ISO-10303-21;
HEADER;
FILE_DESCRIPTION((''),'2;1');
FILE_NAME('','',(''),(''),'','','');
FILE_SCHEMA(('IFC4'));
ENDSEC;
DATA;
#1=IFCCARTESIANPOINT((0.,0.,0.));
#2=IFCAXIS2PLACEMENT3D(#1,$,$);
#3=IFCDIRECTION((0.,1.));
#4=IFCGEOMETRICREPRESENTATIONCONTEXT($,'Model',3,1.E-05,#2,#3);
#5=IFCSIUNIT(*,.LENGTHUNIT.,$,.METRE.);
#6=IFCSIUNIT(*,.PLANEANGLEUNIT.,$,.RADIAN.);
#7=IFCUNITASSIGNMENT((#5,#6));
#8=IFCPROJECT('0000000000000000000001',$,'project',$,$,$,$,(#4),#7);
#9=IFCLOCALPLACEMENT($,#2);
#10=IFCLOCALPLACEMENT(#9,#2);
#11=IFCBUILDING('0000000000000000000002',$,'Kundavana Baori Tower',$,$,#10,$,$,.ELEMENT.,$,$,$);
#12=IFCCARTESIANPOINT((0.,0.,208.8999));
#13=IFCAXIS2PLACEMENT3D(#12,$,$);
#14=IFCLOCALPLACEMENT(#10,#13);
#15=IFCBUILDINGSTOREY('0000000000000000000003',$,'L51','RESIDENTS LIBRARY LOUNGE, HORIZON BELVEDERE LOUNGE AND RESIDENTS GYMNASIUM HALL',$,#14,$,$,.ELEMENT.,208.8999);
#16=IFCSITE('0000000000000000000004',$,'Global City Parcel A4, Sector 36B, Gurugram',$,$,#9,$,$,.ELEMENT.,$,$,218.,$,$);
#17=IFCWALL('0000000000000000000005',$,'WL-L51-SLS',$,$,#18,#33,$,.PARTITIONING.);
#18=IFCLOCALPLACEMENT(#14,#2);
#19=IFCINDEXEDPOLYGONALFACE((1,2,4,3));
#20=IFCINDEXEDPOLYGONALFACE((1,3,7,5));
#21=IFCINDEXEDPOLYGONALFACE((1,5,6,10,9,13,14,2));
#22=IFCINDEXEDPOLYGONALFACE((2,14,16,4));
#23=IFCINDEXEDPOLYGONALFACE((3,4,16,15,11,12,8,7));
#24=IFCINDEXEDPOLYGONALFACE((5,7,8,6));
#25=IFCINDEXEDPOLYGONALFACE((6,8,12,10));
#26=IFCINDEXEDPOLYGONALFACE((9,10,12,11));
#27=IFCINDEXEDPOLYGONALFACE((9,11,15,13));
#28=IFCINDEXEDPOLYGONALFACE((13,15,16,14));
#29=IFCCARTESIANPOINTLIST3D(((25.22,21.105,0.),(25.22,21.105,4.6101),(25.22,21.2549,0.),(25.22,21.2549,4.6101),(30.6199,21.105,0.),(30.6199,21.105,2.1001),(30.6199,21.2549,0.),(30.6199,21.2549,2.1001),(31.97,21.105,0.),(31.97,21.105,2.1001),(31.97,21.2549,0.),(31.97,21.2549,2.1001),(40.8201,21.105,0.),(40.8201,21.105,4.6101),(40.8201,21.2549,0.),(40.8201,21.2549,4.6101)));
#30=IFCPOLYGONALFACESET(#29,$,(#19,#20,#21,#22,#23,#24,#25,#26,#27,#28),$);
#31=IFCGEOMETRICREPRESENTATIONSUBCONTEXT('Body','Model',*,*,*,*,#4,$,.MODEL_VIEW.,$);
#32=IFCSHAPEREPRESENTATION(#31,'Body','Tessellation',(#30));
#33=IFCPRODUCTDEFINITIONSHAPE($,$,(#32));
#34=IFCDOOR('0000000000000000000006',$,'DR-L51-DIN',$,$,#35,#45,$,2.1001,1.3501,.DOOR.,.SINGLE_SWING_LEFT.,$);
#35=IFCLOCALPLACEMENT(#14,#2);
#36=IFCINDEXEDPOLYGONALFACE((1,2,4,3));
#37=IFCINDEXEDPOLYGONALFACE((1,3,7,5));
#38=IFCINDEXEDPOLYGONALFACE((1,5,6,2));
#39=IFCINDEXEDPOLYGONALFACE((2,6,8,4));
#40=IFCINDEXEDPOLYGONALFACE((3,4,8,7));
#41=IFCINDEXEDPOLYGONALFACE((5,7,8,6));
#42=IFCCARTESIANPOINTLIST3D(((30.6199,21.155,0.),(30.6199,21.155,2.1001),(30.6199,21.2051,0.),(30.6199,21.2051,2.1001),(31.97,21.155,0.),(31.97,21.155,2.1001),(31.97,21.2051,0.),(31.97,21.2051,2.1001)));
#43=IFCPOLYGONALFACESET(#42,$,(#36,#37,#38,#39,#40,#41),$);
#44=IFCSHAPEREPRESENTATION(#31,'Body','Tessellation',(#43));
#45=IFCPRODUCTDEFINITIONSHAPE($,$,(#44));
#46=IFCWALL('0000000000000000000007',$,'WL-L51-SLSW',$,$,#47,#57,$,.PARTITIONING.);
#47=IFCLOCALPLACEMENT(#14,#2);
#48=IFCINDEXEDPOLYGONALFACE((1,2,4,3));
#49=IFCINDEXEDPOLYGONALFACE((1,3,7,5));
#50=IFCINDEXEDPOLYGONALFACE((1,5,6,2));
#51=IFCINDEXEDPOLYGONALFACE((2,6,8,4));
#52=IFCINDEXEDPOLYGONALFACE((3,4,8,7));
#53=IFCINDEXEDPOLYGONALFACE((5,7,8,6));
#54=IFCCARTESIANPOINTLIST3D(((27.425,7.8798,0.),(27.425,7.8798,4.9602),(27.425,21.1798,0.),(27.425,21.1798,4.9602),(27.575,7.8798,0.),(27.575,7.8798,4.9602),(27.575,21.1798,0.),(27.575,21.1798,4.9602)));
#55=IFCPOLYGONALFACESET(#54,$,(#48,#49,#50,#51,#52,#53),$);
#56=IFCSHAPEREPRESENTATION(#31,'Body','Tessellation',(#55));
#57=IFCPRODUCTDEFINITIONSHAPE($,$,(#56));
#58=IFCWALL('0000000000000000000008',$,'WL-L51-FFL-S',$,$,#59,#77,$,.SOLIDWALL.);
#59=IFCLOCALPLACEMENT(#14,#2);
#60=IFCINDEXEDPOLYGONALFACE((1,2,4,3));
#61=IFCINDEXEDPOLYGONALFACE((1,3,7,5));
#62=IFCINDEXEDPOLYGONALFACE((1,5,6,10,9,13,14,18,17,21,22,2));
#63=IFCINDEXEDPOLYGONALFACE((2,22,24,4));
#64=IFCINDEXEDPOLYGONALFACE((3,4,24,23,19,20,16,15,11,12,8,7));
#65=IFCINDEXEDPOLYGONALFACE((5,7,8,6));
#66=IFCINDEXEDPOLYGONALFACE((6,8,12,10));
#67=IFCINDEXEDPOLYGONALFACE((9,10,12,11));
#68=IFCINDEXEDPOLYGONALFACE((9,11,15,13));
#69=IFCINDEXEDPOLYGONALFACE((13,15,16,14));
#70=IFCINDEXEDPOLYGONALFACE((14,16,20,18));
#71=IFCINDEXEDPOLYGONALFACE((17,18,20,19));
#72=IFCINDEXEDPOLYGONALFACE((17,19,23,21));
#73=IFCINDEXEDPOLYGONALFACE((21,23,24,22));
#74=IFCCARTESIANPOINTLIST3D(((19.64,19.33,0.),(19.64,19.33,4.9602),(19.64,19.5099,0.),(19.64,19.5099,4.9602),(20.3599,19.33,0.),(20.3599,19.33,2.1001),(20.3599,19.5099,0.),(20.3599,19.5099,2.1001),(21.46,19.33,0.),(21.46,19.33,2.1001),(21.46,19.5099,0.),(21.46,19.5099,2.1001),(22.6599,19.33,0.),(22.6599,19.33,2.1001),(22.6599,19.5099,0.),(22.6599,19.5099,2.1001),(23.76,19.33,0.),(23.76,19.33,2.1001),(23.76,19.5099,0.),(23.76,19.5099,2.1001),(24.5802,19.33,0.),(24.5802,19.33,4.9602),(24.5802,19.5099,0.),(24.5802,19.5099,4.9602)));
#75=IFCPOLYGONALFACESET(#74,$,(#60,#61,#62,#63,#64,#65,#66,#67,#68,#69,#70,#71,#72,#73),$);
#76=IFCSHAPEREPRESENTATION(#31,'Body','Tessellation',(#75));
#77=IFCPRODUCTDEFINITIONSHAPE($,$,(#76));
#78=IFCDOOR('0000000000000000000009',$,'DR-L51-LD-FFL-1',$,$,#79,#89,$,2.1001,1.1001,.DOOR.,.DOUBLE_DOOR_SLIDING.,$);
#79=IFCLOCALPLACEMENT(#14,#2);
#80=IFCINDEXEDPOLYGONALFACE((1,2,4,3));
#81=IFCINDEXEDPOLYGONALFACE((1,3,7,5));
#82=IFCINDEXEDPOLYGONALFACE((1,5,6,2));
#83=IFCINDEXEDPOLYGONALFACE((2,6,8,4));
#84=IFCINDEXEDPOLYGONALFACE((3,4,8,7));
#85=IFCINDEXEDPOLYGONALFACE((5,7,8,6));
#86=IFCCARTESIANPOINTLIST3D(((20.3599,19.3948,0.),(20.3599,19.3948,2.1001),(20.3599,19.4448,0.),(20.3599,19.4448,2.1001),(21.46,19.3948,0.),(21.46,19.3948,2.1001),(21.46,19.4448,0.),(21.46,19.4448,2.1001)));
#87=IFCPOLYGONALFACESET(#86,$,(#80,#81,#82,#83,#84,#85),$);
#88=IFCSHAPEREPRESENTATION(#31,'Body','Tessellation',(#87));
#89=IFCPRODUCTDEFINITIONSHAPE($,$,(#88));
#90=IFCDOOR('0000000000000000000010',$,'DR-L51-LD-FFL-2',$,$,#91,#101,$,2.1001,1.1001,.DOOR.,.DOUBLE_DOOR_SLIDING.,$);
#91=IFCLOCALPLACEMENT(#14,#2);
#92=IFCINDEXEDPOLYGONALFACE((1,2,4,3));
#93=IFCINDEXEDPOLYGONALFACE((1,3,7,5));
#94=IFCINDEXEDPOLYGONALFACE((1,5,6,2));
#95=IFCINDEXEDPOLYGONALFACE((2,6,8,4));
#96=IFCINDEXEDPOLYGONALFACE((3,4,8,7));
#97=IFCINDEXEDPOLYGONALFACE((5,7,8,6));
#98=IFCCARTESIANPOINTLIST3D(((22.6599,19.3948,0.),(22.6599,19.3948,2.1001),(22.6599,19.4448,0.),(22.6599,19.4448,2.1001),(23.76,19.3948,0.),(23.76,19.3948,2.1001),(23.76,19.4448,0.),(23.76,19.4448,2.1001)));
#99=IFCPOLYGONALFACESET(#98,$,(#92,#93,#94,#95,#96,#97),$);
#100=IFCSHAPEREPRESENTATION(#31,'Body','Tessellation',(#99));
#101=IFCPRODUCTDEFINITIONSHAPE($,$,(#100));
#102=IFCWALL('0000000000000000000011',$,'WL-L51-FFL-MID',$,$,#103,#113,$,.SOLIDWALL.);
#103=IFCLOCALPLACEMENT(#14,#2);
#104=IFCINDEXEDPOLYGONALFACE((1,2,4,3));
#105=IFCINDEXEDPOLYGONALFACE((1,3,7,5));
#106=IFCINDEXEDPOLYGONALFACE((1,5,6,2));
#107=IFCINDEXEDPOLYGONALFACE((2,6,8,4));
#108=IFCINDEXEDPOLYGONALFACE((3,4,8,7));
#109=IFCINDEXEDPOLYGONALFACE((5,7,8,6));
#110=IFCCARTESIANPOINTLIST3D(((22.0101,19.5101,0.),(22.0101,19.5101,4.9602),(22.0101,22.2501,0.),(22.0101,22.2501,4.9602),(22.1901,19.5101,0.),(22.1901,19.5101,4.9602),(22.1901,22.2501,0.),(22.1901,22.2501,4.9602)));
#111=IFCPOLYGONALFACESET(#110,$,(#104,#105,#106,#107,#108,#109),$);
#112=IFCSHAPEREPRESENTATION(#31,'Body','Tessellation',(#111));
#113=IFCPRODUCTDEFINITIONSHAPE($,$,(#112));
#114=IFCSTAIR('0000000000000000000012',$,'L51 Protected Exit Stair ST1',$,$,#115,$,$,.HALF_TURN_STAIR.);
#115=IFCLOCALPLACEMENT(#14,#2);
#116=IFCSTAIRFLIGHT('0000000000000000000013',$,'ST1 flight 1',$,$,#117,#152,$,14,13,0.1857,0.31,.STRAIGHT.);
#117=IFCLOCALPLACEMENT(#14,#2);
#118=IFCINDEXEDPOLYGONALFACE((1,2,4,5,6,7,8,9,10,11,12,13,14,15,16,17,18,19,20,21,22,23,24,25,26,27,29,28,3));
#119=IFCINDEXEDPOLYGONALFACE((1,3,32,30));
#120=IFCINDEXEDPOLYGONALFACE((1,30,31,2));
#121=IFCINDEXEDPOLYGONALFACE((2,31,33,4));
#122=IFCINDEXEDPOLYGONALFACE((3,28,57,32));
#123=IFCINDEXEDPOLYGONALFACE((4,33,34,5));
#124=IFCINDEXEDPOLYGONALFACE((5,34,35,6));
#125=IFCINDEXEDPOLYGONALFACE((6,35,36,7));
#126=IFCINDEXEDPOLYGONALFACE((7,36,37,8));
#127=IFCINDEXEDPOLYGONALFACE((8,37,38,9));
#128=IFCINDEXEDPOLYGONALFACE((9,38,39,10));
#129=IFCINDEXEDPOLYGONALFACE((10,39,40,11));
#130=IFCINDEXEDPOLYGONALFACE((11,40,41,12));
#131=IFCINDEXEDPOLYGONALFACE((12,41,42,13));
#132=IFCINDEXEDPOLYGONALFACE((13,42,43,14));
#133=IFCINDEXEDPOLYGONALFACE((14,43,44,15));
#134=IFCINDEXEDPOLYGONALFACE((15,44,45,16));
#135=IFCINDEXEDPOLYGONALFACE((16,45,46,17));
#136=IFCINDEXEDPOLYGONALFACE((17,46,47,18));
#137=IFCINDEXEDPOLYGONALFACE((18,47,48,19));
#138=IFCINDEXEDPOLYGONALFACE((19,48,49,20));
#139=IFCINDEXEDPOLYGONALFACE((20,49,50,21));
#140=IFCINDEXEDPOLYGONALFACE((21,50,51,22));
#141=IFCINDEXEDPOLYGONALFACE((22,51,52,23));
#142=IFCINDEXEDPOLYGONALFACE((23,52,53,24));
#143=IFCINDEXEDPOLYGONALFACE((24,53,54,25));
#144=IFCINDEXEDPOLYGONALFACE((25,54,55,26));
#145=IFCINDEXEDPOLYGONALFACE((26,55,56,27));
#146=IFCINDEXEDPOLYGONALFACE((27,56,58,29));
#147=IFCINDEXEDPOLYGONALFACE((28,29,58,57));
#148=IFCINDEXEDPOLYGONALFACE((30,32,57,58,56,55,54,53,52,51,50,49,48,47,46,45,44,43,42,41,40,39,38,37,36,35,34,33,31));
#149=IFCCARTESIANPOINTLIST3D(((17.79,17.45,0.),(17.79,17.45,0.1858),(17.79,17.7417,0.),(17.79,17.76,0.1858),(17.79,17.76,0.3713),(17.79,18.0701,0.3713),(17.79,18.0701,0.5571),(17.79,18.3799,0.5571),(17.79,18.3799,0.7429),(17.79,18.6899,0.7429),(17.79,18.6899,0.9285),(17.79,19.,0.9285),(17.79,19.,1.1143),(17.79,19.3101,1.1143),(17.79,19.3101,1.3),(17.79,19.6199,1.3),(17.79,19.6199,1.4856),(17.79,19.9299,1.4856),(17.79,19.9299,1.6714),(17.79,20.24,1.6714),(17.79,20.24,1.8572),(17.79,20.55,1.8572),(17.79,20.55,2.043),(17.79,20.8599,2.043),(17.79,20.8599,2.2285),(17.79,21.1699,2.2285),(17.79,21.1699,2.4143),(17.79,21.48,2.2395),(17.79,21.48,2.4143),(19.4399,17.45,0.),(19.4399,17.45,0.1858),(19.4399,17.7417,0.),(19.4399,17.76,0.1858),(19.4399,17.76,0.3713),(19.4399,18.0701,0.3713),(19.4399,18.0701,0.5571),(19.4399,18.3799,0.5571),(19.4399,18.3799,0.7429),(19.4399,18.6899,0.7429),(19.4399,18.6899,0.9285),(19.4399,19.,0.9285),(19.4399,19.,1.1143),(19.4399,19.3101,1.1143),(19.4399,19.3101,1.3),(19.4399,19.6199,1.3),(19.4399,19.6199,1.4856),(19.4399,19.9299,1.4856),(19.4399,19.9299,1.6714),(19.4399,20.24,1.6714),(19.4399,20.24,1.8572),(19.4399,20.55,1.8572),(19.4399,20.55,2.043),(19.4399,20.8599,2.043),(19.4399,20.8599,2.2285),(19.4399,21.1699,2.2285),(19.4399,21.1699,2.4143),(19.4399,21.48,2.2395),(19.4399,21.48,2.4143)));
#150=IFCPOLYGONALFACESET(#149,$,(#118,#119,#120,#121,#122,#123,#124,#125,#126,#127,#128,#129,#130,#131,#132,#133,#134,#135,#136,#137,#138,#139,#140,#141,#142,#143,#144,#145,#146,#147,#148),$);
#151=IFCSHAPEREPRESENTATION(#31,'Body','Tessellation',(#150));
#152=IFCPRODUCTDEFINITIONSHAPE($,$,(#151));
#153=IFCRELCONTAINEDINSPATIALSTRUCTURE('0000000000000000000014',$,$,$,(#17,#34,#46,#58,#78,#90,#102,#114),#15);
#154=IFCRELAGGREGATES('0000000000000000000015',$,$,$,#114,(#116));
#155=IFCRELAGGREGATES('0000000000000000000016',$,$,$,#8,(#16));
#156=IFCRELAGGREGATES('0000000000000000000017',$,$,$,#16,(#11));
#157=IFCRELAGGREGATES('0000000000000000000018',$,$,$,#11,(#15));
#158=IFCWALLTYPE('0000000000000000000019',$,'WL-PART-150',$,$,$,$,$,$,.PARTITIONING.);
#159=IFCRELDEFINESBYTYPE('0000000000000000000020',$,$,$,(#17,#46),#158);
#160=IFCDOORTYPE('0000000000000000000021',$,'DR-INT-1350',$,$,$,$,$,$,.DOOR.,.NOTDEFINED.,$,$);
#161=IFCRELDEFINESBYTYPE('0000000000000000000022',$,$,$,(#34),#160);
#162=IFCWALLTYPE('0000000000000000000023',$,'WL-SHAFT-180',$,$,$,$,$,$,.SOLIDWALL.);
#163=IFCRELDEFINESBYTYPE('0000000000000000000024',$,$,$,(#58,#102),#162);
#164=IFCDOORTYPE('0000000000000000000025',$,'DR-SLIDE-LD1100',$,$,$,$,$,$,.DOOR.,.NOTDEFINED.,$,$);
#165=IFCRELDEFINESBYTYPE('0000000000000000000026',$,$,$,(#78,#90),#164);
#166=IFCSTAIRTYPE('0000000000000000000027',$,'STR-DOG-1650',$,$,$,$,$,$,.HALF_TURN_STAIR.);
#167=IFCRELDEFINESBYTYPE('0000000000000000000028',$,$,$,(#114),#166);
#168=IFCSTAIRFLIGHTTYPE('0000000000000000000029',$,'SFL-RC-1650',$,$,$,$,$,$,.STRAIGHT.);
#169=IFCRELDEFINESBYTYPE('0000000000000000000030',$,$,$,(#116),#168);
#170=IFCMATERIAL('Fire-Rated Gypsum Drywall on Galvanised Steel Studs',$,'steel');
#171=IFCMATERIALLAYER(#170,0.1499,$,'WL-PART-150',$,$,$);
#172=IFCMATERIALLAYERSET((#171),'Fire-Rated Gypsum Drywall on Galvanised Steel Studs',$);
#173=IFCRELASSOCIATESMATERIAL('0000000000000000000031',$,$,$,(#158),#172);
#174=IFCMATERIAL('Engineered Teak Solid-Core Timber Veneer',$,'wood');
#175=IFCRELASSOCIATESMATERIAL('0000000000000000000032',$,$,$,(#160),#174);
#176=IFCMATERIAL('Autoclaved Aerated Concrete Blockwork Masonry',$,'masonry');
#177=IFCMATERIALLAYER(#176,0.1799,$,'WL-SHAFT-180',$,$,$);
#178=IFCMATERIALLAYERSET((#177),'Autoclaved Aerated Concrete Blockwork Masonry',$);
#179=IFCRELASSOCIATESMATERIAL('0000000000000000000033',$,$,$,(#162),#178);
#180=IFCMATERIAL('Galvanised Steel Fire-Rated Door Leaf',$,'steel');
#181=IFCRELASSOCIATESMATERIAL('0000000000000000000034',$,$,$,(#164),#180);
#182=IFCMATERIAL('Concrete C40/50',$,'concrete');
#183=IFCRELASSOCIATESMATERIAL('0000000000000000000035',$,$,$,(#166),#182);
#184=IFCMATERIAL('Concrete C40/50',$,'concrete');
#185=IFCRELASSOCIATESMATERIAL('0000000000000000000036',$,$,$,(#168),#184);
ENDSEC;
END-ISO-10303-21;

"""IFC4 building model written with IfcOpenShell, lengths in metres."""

from ifc_helpers import new_model, si_unit, direction, frame, frame_2d, origin, place, context, subcontext, project, spatial, polyline, rectangle, outline, extrude, material, layer, layer_set, type_object, element, fill, aggregate, save


model = new_model("IFC4")

# Units and contexts
model_context = context("Model", 3, precision=1e-05, world=origin(), true_north=direction((0.0, 1.0)))
body_context = subcontext(model_context, "Body", "Model", "MODEL_VIEW")
ifc_project = project(units=[si_unit("LENGTHUNIT", "METRE"), si_unit("PLANEANGLEUNIT", "RADIAN")], contexts=[model_context])

# Site, building, storey
site_placement = place(None, origin())
site = spatial("IfcSite", under=ifc_project, at=site_placement, Name="Global City Parcel A4, Sector 36B, Gurugram", CompositionType="ELEMENT", RefElevation=218.0)
building_placement = place(site_placement, origin())
building = spatial("IfcBuilding", under=site, at=building_placement, Name="Kundavana Baori Tower", CompositionType="ELEMENT")
storey_placement = place(building_placement, frame((0.0, 0.0, 208.8999)))
storey = spatial("IfcBuildingStorey", under=building, at=storey_placement, Name="L51", Description="RESIDENTS LIBRARY LOUNGE, HORIZON BELVEDERE LOUNGE AND RESIDENTS GYMNASIUM HALL", CompositionType="ELEMENT", Elevation=208.8999)

# Wall, opening, door
ifc_material_1 = material(Name="Fire-Rated Gypsum Drywall on Galvanised Steel Studs", Category="steel")
ifc_layer_1 = layer(ifc_material_1, 0.1499, Name="WL-PART-150")
ifc_layer_set_1 = layer_set([ifc_layer_1], Name="Fire-Rated Gypsum Drywall on Galvanised Steel Studs")
wall_type_1 = type_object("IfcWallType", Name="WL-PART-150", PredefinedType="PARTITIONING", material=ifc_layer_set_1)
wall_1_placement = place(storey_placement, frame((25.22, 21.1799, 0.0), z_axis=(0.0, 0.0, 1.0), x_axis=(1.0, 0.0, 0.0)))
wall_1 = element("IfcWall", 1, at=wall_1_placement, inside=storey, type_object=wall_type_1, Name="WL-L51-SLS", PredefinedType="PARTITIONING", context=body_context, shape_type="SweptSolid", body=[
    extrude(rectangle(XDim=15.6001, YDim=0.1499, at=frame_2d((7.8, 0.0))), origin(), (0.0, 0.0, 1.0), 4.6101),
])
opening_1_placement = place(wall_1_placement, frame((5.3999, 0.0, 0.0)))
opening_1 = element("IfcOpeningElement", 2, at=opening_1_placement, cuts=wall_1, PredefinedType="OPENING", context=body_context, shape_type="SweptSolid", body=[
    extrude(rectangle(XDim=1.3501, YDim=2.1001, at=frame_2d((0.675, 1.05))), frame((0.0, 0.085, 0.0), z_axis=(0.0, -1.0, 0.0), x_axis=(1.0, 0.0, 0.0)), (0.0, 0.0, 1.0), 0.1699),
])
ifc_material_2 = material(Name="Engineered Teak Solid-Core Timber Veneer", Category="wood")
door_type_1 = type_object("IfcDoorType", Name="DR-INT-1350", OperationType="NOTDEFINED", PredefinedType="DOOR", material=ifc_material_2)
door_1_placement = place(opening_1_placement, frame((1.3501, 0.0, 0.0), z_axis=(0.0, 0.0, 1.0), x_axis=(-1.0, 0.0, 0.0)))
door_1 = element("IfcDoor", 3, at=door_1_placement, inside=storey, type_object=door_type_1, Name="DR-L51-DIN", OperationType="SINGLE_SWING_LEFT", OverallHeight=2.1001, OverallWidth=1.3501, PredefinedType="DOOR", context=body_context, shape_type="SweptSolid", body=[
    extrude(rectangle(XDim=1.3501, YDim=2.1001, at=frame_2d((0.675, 1.05))), frame((0.0, 0.0249, 0.0), z_axis=(0.0, -1.0, 0.0), x_axis=(1.0, 0.0, 0.0)), (0.0, 0.0, 1.0), 0.05),
])
fill(opening_1, door_1)

# Wall
wall_2_placement = place(storey_placement, frame((27.5, 7.8799, 0.0), z_axis=(0.0, 0.0, 1.0), x_axis=(0.0, 1.0, 0.0)))
element("IfcWall", 4, at=wall_2_placement, inside=storey, type_object=wall_type_1, Name="WL-L51-SLSW", PredefinedType="PARTITIONING", context=body_context, shape_type="SweptSolid", body=[
    extrude(rectangle(XDim=13.3, YDim=0.1499, at=frame_2d((6.6499, 0.0))), origin(), (0.0, 0.0, 1.0), 4.9602),
])

# Wall, openings, doors
ifc_material_3 = material(Name="Autoclaved Aerated Concrete Blockwork Masonry", Category="masonry")
ifc_layer_2 = layer(ifc_material_3, 0.1799, Name="WL-SHAFT-180")
ifc_layer_set_2 = layer_set([ifc_layer_2], Name="Autoclaved Aerated Concrete Blockwork Masonry")
wall_type_2 = type_object("IfcWallType", Name="WL-SHAFT-180", PredefinedType="SOLIDWALL", material=ifc_layer_set_2)
wall_3_placement = place(storey_placement, frame((19.6399, 19.4199, 0.0), z_axis=(0.0, 0.0, 1.0), x_axis=(1.0, 0.0, 0.0)))
wall_3 = element("IfcWall", 5, at=wall_3_placement, inside=storey, type_object=wall_type_2, Name="WL-L51-FFL-S", PredefinedType="SOLIDWALL", context=body_context, shape_type="SweptSolid", body=[
    extrude(rectangle(XDim=4.9402, YDim=0.1799, at=frame_2d((2.4702, 0.0))), origin(), (0.0, 0.0, 1.0), 4.9602),
])
opening_2_placement = place(wall_3_placement, frame((0.72, 0.0, 0.0)))
opening_2 = element("IfcOpeningElement", 6, at=opening_2_placement, cuts=wall_3, PredefinedType="OPENING", context=body_context, shape_type="SweptSolid", body=[
    extrude(rectangle(XDim=1.1001, YDim=2.1001, at=frame_2d((0.55, 1.05))), frame((0.0, 0.1001, 0.0), z_axis=(0.0, -1.0, 0.0), x_axis=(1.0, 0.0, 0.0)), (0.0, 0.0, 1.0), 0.2),
])
opening_3_placement = place(wall_3_placement, frame((3.02, 0.0, 0.0)))
opening_3 = element("IfcOpeningElement", 7, at=opening_3_placement, cuts=wall_3, PredefinedType="OPENING", context=body_context, shape_type="SweptSolid", body=[
    extrude(rectangle(XDim=1.1001, YDim=2.1001, at=frame_2d((0.55, 1.05))), frame((0.0, 0.1001, 0.0), z_axis=(0.0, -1.0, 0.0), x_axis=(1.0, 0.0, 0.0)), (0.0, 0.0, 1.0), 0.2),
])
ifc_material_4 = material(Name="Galvanised Steel Fire-Rated Door Leaf", Category="steel")
door_type_2 = type_object("IfcDoorType", Name="DR-SLIDE-LD1100", OperationType="NOTDEFINED", PredefinedType="DOOR", material=ifc_material_4)
door_2_placement = place(opening_2_placement, origin())
door_2 = element("IfcDoor", 8, at=door_2_placement, inside=storey, type_object=door_type_2, Name="DR-L51-LD-FFL-1", OperationType="DOUBLE_DOOR_SLIDING", OverallHeight=2.1001, OverallWidth=1.1001, PredefinedType="DOOR", context=body_context, shape_type="SweptSolid", body=[
    extrude(rectangle(XDim=1.1001, YDim=2.1001, at=frame_2d((0.55, 1.05))), frame((0.0, 0.0249, 0.0), z_axis=(0.0, -1.0, 0.0), x_axis=(1.0, 0.0, 0.0)), (0.0, 0.0, 1.0), 0.05),
])
fill(opening_2, door_2)
door_3_placement = place(opening_3_placement, origin())
door_3 = element("IfcDoor", 9, at=door_3_placement, inside=storey, type_object=door_type_2, Name="DR-L51-LD-FFL-2", OperationType="DOUBLE_DOOR_SLIDING", OverallHeight=2.1001, OverallWidth=1.1001, PredefinedType="DOOR", context=body_context, shape_type="SweptSolid", body=[
    extrude(rectangle(XDim=1.1001, YDim=2.1001, at=frame_2d((0.55, 1.05))), frame((0.0, 0.0249, 0.0), z_axis=(0.0, -1.0, 0.0), x_axis=(1.0, 0.0, 0.0)), (0.0, 0.0, 1.0), 0.05),
])
fill(opening_3, door_3)

# Wall
wall_4_placement = place(storey_placement, frame((22.1001, 19.51, 0.0), z_axis=(0.0, 0.0, 1.0), x_axis=(0.0, 1.0, 0.0)))
element("IfcWall", 10, at=wall_4_placement, inside=storey, type_object=wall_type_2, Name="WL-L51-FFL-MID", PredefinedType="SOLIDWALL", context=body_context, shape_type="SweptSolid", body=[
    extrude(rectangle(XDim=2.74, YDim=0.1799, at=frame_2d((1.3701, 0.0))), origin(), (0.0, 0.0, 1.0), 4.9602),
])

# Stair, stair flight
ifc_material_5 = material(Name="Concrete C40/50", Category="concrete")
stair_type = type_object("IfcStairType", Name="STR-DOG-1650", PredefinedType="HALF_TURN_STAIR", material=ifc_material_5)
stair_placement = place(storey_placement, origin())
stair = element("IfcStair", 11, at=stair_placement, inside=storey, type_object=stair_type, Name="L51 Protected Exit Stair ST1", PredefinedType="HALF_TURN_STAIR")
ifc_material_6 = material(Name="Concrete C40/50", Category="concrete")
stair_flight_type = type_object("IfcStairFlightType", Name="SFL-RC-1650", PredefinedType="STRAIGHT", material=ifc_material_6)
stair_flight_placement = place(storey_placement, frame((18.615, 17.45, 0.0), z_axis=(0.0, 0.0, 1.0), x_axis=(0.0, 1.0, 0.0)))
stair_flight = element("IfcStairFlight", 12, at=stair_flight_placement, type_object=stair_flight_type, Name="ST1 flight 1", NumberOfRisers=14, NumberOfTreads=13, PredefinedType="STRAIGHT", RiserHeight=0.1857, TreadLength=0.31, context=body_context, shape_type="SweptSolid", body=[
    extrude(outline(polyline([(0.0, 0.0), (0.0, 0.1858), (0.3101, 0.1858), (0.3101, 0.3713), (0.6201, 0.3713), (0.6201, 0.5571), (0.9299, 0.5571), (0.9299, 0.7429), (1.24, 0.7429), (1.24, 0.9285), (1.55, 0.9285), (1.55, 1.1143), (1.8601, 1.1143), (1.8601, 1.3), (2.1699, 1.3), (2.1699, 1.4856), (2.48, 1.4856), (2.48, 1.6714), (2.79, 1.6714), (2.79, 1.8572), (3.1001, 1.8572), (3.1001, 2.043), (3.4099, 2.043), (3.4099, 2.2285), (3.72, 2.2285), (3.72, 2.4143), (4.03, 2.4143), (4.03, 2.6001), (4.03, 2.2395), (0.2917, 0.0), (0.0, 0.0)])), frame((0.0, 0.825, 0.0), z_axis=(0.0, -1.0, 0.0), x_axis=(1.0, 0.0, 0.0)), (0.0, 0.0, 1.0), 1.6499),
])
aggregate(stair, [stair_flight])

save(model, "model.ifc")
